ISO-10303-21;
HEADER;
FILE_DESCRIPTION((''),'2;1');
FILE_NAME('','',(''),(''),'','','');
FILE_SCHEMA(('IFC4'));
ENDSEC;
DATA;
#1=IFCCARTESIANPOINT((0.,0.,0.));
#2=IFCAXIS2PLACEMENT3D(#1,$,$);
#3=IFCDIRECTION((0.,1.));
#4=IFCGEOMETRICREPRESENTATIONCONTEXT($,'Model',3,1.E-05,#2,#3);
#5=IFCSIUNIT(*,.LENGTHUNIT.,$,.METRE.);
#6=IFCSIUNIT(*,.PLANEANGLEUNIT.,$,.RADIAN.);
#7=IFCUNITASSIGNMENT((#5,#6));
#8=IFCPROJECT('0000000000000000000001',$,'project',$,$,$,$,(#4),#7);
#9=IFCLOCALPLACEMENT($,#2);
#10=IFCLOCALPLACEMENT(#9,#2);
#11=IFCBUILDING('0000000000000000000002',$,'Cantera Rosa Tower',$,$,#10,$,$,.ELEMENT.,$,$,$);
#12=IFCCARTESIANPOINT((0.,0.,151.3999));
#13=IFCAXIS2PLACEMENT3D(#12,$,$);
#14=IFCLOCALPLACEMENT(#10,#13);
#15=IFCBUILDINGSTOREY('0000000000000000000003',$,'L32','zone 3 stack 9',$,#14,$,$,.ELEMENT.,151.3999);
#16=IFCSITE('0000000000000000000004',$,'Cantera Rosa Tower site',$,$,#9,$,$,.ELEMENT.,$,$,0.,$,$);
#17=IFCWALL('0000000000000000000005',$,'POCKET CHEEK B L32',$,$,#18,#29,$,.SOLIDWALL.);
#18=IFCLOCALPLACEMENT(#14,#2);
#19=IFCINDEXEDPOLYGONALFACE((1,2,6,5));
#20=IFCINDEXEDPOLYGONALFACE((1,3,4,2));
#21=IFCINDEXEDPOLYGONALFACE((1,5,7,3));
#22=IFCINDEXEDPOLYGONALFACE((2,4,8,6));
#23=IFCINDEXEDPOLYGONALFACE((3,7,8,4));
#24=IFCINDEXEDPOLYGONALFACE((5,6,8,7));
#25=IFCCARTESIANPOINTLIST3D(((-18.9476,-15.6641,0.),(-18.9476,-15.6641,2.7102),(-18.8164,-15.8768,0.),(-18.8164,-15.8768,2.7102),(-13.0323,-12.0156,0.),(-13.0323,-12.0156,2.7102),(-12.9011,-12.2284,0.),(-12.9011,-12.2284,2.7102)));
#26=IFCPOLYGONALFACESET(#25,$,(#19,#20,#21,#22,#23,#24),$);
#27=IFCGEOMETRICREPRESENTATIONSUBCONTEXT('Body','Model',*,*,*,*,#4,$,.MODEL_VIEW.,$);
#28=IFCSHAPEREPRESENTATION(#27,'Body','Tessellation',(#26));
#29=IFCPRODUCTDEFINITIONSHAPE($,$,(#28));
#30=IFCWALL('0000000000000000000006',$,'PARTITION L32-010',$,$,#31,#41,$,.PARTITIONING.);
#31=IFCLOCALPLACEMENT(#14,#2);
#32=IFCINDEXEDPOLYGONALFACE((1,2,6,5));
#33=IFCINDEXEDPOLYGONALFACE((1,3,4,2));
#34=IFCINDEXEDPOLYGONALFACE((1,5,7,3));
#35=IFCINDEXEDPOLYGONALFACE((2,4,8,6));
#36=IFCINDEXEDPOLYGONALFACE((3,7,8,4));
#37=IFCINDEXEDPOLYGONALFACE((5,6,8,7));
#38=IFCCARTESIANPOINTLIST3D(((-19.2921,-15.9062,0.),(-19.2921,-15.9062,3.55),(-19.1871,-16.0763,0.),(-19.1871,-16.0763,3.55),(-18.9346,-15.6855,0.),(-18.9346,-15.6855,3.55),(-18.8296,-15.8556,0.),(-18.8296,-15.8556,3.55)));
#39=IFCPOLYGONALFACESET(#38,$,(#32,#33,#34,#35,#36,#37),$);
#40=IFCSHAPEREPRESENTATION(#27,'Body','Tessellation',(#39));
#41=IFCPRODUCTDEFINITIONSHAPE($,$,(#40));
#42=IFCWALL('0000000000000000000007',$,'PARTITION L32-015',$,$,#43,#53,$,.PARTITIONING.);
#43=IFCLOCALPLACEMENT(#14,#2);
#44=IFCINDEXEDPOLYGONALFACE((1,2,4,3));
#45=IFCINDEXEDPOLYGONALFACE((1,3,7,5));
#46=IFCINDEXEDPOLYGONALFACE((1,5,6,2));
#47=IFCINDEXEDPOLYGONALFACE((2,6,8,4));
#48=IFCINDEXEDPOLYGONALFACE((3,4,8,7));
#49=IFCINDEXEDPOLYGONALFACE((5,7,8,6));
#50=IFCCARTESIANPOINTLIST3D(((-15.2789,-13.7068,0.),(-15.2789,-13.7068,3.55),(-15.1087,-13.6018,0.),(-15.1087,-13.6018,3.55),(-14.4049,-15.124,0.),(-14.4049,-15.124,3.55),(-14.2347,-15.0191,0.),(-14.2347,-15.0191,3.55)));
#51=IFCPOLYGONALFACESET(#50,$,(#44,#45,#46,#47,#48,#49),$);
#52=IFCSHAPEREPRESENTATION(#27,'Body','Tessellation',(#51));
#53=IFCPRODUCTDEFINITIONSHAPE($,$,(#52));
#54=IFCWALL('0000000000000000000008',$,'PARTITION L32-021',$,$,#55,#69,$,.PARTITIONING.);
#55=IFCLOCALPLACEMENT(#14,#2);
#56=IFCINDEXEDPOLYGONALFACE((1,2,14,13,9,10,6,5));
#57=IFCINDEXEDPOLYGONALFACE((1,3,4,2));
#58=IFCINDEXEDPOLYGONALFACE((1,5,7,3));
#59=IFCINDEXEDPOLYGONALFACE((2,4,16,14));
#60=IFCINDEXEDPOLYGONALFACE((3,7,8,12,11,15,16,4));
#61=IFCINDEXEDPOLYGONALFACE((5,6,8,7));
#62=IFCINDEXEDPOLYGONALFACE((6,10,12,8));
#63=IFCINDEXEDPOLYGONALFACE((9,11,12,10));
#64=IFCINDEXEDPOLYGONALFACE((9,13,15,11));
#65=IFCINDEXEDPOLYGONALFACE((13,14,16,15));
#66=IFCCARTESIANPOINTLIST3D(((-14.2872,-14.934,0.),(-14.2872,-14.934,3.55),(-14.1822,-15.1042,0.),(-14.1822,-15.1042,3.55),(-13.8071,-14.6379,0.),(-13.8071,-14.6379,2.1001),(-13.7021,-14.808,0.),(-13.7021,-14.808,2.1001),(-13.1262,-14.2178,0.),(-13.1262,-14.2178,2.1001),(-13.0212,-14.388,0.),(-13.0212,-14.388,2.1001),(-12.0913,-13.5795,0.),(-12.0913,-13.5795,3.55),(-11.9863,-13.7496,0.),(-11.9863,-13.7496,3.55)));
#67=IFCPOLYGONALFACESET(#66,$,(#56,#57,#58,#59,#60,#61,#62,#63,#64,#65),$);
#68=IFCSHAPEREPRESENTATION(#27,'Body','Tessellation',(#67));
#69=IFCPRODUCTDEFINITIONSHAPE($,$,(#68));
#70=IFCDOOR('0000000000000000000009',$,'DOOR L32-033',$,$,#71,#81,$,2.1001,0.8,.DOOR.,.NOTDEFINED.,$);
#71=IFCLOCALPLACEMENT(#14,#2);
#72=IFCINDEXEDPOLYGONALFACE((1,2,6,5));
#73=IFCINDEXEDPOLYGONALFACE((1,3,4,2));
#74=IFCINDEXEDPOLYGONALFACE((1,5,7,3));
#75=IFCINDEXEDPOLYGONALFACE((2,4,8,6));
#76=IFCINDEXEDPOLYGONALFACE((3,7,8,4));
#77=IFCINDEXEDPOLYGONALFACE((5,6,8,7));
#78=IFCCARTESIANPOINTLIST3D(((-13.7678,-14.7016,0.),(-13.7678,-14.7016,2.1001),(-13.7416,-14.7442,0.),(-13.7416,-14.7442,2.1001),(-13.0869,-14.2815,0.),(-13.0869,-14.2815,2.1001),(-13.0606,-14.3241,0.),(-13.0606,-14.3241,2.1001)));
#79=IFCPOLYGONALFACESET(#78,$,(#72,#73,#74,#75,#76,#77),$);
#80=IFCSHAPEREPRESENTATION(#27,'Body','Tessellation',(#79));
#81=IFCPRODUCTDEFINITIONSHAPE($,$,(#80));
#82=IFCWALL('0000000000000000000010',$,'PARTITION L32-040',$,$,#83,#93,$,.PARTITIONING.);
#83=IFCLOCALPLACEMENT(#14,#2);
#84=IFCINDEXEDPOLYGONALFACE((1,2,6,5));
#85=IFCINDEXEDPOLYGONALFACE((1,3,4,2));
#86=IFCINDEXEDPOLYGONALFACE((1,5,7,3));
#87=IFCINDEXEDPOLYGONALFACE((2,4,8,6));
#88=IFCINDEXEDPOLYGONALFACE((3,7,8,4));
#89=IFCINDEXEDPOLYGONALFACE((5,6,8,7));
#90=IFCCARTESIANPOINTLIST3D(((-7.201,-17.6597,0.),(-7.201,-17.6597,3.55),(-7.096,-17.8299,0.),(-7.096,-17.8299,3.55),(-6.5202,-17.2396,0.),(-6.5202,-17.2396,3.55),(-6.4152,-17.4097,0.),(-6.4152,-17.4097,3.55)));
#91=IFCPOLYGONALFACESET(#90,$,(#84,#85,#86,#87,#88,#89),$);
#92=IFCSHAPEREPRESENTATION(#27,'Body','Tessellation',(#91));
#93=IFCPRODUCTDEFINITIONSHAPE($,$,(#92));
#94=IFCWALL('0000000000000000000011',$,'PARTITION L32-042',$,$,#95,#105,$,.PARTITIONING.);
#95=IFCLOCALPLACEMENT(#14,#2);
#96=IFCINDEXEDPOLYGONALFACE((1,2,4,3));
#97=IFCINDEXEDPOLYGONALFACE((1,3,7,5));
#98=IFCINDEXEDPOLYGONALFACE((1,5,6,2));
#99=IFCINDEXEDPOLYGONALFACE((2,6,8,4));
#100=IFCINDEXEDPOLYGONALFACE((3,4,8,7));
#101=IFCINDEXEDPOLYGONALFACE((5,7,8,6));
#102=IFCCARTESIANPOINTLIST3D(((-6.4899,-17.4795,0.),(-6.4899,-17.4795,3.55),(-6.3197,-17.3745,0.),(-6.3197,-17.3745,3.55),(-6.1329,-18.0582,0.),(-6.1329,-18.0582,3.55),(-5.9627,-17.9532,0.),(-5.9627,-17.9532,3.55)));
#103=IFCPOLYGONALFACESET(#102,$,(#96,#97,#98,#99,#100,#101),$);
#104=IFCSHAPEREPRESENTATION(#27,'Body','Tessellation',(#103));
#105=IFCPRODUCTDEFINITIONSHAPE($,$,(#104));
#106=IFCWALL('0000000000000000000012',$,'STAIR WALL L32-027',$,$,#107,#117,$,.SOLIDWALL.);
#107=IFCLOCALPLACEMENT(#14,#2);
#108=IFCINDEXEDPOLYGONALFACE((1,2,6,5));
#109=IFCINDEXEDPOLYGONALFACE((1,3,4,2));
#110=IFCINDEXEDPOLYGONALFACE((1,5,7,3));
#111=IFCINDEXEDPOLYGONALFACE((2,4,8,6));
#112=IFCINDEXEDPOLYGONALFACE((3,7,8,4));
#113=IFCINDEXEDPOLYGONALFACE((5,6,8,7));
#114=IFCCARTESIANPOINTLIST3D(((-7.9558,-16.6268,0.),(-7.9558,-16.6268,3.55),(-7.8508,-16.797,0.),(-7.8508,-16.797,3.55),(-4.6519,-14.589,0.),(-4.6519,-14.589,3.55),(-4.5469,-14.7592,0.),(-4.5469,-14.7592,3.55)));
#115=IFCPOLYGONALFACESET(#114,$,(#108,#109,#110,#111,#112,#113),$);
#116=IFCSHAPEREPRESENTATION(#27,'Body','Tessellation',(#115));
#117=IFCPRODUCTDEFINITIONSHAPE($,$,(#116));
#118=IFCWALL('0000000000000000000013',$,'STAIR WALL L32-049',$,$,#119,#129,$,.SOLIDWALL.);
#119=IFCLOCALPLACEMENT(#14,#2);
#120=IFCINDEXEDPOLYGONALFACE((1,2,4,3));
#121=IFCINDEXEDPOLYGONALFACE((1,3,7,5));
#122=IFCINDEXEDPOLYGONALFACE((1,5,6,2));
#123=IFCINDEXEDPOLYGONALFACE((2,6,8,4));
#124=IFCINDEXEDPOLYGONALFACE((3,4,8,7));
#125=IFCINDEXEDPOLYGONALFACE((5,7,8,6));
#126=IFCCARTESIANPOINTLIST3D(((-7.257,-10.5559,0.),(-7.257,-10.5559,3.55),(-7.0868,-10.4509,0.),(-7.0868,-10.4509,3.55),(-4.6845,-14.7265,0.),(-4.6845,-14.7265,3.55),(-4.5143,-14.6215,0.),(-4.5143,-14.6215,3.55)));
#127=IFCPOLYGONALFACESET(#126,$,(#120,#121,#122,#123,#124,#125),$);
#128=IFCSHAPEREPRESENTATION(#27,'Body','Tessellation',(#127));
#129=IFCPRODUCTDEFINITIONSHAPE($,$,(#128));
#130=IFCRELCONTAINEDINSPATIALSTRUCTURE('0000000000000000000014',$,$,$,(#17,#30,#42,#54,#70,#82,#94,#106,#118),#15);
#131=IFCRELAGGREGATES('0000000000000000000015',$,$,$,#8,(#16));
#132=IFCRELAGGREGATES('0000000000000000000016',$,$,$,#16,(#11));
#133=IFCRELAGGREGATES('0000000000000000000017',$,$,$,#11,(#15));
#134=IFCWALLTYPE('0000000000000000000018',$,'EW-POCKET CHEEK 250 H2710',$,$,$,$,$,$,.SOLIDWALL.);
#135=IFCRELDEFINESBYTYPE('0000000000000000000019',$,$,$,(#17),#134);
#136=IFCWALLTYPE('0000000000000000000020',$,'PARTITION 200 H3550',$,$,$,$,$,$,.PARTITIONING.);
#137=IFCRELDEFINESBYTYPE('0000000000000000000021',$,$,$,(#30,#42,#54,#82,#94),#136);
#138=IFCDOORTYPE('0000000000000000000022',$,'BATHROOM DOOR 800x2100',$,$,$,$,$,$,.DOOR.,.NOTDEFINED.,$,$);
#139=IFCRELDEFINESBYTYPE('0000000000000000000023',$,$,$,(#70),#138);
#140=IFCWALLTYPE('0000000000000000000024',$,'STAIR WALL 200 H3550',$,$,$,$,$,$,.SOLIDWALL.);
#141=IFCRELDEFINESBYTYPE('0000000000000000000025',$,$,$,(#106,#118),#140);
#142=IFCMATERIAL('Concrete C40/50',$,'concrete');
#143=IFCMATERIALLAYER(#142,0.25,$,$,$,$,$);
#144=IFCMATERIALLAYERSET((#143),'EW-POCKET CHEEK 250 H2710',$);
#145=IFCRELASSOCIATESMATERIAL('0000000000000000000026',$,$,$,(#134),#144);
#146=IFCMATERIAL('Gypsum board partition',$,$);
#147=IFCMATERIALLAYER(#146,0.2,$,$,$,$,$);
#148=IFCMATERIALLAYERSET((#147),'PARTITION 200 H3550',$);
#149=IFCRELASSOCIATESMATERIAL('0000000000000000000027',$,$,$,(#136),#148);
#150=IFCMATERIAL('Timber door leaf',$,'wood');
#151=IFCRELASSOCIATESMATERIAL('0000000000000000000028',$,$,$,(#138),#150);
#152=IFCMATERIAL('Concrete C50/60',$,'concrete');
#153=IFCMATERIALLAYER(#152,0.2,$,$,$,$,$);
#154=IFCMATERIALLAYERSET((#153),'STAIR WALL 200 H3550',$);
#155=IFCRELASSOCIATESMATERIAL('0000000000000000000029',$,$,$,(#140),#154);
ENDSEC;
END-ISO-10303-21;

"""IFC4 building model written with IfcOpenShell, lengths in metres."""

from ifc_helpers import new_model, si_unit, direction, frame, frame_2d, origin, place, context, subcontext, project, spatial, rectangle, extrude, material, layer, layer_set, type_object, element, fill, save


model = new_model("IFC4")

# Units and contexts
model_context = context("Model", 3, precision=1e-05, world=origin(), true_north=direction((0.0, 1.0)))
body_context = subcontext(model_context, "Body", "Model", "MODEL_VIEW")
ifc_project = project(units=[si_unit("LENGTHUNIT", "METRE"), si_unit("PLANEANGLEUNIT", "RADIAN")], contexts=[model_context])

# Site, building, storey
site_placement = place(None, origin())
site = spatial("IfcSite", under=ifc_project, at=site_placement, Name="Cantera Rosa Tower site", CompositionType="ELEMENT", RefElevation=0.0)
building_placement = place(site_placement, origin())
building = spatial("IfcBuilding", under=site, at=building_placement, Name="Cantera Rosa Tower", CompositionType="ELEMENT")
storey_placement = place(building_placement, frame((0.0, 0.0, 151.3999)))
storey = spatial("IfcBuildingStorey", under=building, at=storey_placement, Name="L32", Description="zone 3 stack 9", CompositionType="ELEMENT", Elevation=151.3999)

# Walls
ifc_material_1 = material(Name="Concrete C40/50", Category="concrete")
ifc_layer_1 = layer(ifc_material_1, 0.25)
ifc_layer_set_1 = layer_set([ifc_layer_1], Name="EW-POCKET CHEEK 250 H2710")
wall_type_1 = type_object("IfcWallType", Name="EW-POCKET CHEEK 250 H2710", PredefinedType="SOLIDWALL", material=ifc_layer_set_1)
wall_1_placement = place(storey_placement, frame((-18.8821, -15.7705, 0.0), z_axis=(0.0, 0.0, 1.0), x_axis=(0.851127, 0.52496, 0.0)))
element("IfcWall", 1, at=wall_1_placement, inside=storey, type_object=wall_type_1, Name="POCKET CHEEK B L32", PredefinedType="SOLIDWALL", context=body_context, shape_type="SweptSolid", body=[
    extrude(rectangle(XDim=6.95, YDim=0.25, at=frame_2d((3.4751, 0.0))), origin(), (0.0, 0.0, 1.0), 2.7102),
])
ifc_material_2 = material(Name="Gypsum board partition")
ifc_layer_2 = layer(ifc_material_2, 0.2)
ifc_layer_set_2 = layer_set([ifc_layer_2], Name="PARTITION 200 H3550")
wall_type_2 = type_object("IfcWallType", Name="PARTITION 200 H3550", PredefinedType="PARTITIONING", material=ifc_layer_set_2)
wall_2_placement = place(storey_placement, frame((-19.2395, -15.9912, 0.0), z_axis=(0.0, 0.0, 1.0), x_axis=(0.850859, 0.525394, 0.0)))
element("IfcWall", 2, at=wall_2_placement, inside=storey, type_object=wall_type_2, Name="PARTITION L32-010", PredefinedType="PARTITIONING", context=body_context, shape_type="SweptSolid", body=[
    extrude(rectangle(XDim=0.4202, YDim=0.2, at=frame_2d((0.21, 0.0))), origin(), (0.0, 0.0, 1.0), 3.55),
])
wall_3_placement = place(storey_placement, frame((-14.3198, -15.0715, 0.0), z_axis=(0.0, 0.0, 1.0), x_axis=(-0.524915, 0.851154, 0.0)))
element("IfcWall", 3, at=wall_3_placement, inside=storey, type_object=wall_type_2, Name="PARTITION L32-015", PredefinedType="PARTITIONING", context=body_context, shape_type="SweptSolid", body=[
    extrude(rectangle(XDim=1.665, YDim=0.2, at=frame_2d((0.8325, 0.0))), origin(), (0.0, 0.0, 1.0), 3.55),
])

# Wall, opening, door
wall_4_placement = place(storey_placement, frame((-12.0388, -13.6646, 0.0), z_axis=(0.0, 0.0, 1.0), x_axis=(-0.851099, -0.525005, 0.0)))
wall_4 = element("IfcWall", 4, at=wall_4_placement, inside=storey, type_object=wall_type_2, Name="PARTITION L32-021", PredefinedType="PARTITIONING", context=body_context, shape_type="SweptSolid", body=[
    extrude(rectangle(XDim=2.5801, YDim=0.2, at=frame_2d((1.29, 0.0))), origin(), (0.0, 0.0, 1.0), 3.55),
])
opening_1_placement = place(wall_4_placement, frame((1.2161, 0.0, 0.0)))
opening_1 = element("IfcOpeningElement", 5, at=opening_1_placement, cuts=wall_4, PredefinedType="OPENING", context=body_context, shape_type="SweptSolid", body=[
    extrude(rectangle(XDim=0.8, YDim=2.1001, at=frame_2d((0.3999, 1.05))), frame((0.0, 0.1099, 0.0), z_axis=(0.0, -1.0, 0.0), x_axis=(1.0, 0.0, 0.0)), (0.0, 0.0, 1.0), 0.22),
])
ifc_material_3 = material(Name="Timber door leaf", Category="wood")
door_type_1 = type_object("IfcDoorType", Name="BATHROOM DOOR 800x2100", OperationType="NOTDEFINED", PredefinedType="DOOR", material=ifc_material_3)
door_1_placement = place(opening_1_placement, origin())
door_1 = element("IfcDoor", 6, at=door_1_placement, inside=storey, type_object=door_type_1, Name="DOOR L32-033", OperationType="NOTDEFINED", OverallHeight=2.1001, OverallWidth=0.8, PredefinedType="DOOR", context=body_context, shape_type="SweptSolid", body=[
    extrude(rectangle(XDim=0.8, YDim=2.1001, at=frame_2d((0.3999, 1.05))), frame((0.0, 0.0249, 0.0), z_axis=(0.0, -1.0, 0.0), x_axis=(1.0, 0.0, 0.0)), (0.0, 0.0, 1.0), 0.05),
])
fill(opening_1, door_1)

# Walls
wall_5_placement = place(storey_placement, frame((-6.4678, -17.3247, 0.0), z_axis=(0.0, 0.0, 1.0), x_axis=(-0.851019, -0.525136, 0.0)))
element("IfcWall", 7, at=wall_5_placement, inside=storey, type_object=wall_type_2, Name="PARTITION L32-040", PredefinedType="PARTITIONING", context=body_context, shape_type="SweptSolid", body=[
    extrude(rectangle(XDim=0.8, YDim=0.2, at=frame_2d((0.3999, 0.0))), origin(), (0.0, 0.0, 1.0), 3.55),
])
wall_6_placement = place(storey_placement, frame((-6.0479, -18.0056, 0.0), z_axis=(0.0, 0.0, 1.0), x_axis=(-0.525019, 0.851091, 0.0)))
element("IfcWall", 8, at=wall_6_placement, inside=storey, type_object=wall_type_2, Name="PARTITION L32-042", PredefinedType="PARTITIONING", context=body_context, shape_type="SweptSolid", body=[
    extrude(rectangle(XDim=0.6799, YDim=0.2, at=frame_2d((0.3398, 0.0))), origin(), (0.0, 0.0, 1.0), 3.55),
])
ifc_material_4 = material(Name="Concrete C50/60", Category="concrete")
ifc_layer_3 = layer(ifc_material_4, 0.2)
ifc_layer_set_3 = layer_set([ifc_layer_3], Name="STAIR WALL 200 H3550")
wall_type_3 = type_object("IfcWallType", Name="STAIR WALL 200 H3550", PredefinedType="SOLIDWALL", material=ifc_layer_set_3)
wall_7_placement = place(storey_placement, frame((-7.9033, -16.7119, 0.0), z_axis=(0.0, 0.0, 1.0), x_axis=(0.851125, 0.524964, 0.0)))
element("IfcWall", 9, at=wall_7_placement, inside=storey, type_object=wall_type_3, Name="STAIR WALL L32-027", PredefinedType="SOLIDWALL", context=body_context, shape_type="SweptSolid", body=[
    extrude(rectangle(XDim=3.8818, YDim=0.2, at=frame_2d((1.9409, 0.0))), origin(), (0.0, 0.0, 1.0), 3.55),
])
wall_8_placement = place(storey_placement, frame((-4.5994, -14.6741, 0.0), z_axis=(0.0, 0.0, 1.0), x_axis=(-0.524978, 0.851116, 0.0)))
element("IfcWall", 10, at=wall_8_placement, inside=storey, type_object=wall_type_3, Name="STAIR WALL L32-049", PredefinedType="SOLIDWALL", context=body_context, shape_type="SweptSolid", body=[
    extrude(rectangle(XDim=4.9001, YDim=0.2, at=frame_2d((2.4502, 0.0))), origin(), (0.0, 0.0, 1.0), 3.55),
])

save(model, "model.ifc")
